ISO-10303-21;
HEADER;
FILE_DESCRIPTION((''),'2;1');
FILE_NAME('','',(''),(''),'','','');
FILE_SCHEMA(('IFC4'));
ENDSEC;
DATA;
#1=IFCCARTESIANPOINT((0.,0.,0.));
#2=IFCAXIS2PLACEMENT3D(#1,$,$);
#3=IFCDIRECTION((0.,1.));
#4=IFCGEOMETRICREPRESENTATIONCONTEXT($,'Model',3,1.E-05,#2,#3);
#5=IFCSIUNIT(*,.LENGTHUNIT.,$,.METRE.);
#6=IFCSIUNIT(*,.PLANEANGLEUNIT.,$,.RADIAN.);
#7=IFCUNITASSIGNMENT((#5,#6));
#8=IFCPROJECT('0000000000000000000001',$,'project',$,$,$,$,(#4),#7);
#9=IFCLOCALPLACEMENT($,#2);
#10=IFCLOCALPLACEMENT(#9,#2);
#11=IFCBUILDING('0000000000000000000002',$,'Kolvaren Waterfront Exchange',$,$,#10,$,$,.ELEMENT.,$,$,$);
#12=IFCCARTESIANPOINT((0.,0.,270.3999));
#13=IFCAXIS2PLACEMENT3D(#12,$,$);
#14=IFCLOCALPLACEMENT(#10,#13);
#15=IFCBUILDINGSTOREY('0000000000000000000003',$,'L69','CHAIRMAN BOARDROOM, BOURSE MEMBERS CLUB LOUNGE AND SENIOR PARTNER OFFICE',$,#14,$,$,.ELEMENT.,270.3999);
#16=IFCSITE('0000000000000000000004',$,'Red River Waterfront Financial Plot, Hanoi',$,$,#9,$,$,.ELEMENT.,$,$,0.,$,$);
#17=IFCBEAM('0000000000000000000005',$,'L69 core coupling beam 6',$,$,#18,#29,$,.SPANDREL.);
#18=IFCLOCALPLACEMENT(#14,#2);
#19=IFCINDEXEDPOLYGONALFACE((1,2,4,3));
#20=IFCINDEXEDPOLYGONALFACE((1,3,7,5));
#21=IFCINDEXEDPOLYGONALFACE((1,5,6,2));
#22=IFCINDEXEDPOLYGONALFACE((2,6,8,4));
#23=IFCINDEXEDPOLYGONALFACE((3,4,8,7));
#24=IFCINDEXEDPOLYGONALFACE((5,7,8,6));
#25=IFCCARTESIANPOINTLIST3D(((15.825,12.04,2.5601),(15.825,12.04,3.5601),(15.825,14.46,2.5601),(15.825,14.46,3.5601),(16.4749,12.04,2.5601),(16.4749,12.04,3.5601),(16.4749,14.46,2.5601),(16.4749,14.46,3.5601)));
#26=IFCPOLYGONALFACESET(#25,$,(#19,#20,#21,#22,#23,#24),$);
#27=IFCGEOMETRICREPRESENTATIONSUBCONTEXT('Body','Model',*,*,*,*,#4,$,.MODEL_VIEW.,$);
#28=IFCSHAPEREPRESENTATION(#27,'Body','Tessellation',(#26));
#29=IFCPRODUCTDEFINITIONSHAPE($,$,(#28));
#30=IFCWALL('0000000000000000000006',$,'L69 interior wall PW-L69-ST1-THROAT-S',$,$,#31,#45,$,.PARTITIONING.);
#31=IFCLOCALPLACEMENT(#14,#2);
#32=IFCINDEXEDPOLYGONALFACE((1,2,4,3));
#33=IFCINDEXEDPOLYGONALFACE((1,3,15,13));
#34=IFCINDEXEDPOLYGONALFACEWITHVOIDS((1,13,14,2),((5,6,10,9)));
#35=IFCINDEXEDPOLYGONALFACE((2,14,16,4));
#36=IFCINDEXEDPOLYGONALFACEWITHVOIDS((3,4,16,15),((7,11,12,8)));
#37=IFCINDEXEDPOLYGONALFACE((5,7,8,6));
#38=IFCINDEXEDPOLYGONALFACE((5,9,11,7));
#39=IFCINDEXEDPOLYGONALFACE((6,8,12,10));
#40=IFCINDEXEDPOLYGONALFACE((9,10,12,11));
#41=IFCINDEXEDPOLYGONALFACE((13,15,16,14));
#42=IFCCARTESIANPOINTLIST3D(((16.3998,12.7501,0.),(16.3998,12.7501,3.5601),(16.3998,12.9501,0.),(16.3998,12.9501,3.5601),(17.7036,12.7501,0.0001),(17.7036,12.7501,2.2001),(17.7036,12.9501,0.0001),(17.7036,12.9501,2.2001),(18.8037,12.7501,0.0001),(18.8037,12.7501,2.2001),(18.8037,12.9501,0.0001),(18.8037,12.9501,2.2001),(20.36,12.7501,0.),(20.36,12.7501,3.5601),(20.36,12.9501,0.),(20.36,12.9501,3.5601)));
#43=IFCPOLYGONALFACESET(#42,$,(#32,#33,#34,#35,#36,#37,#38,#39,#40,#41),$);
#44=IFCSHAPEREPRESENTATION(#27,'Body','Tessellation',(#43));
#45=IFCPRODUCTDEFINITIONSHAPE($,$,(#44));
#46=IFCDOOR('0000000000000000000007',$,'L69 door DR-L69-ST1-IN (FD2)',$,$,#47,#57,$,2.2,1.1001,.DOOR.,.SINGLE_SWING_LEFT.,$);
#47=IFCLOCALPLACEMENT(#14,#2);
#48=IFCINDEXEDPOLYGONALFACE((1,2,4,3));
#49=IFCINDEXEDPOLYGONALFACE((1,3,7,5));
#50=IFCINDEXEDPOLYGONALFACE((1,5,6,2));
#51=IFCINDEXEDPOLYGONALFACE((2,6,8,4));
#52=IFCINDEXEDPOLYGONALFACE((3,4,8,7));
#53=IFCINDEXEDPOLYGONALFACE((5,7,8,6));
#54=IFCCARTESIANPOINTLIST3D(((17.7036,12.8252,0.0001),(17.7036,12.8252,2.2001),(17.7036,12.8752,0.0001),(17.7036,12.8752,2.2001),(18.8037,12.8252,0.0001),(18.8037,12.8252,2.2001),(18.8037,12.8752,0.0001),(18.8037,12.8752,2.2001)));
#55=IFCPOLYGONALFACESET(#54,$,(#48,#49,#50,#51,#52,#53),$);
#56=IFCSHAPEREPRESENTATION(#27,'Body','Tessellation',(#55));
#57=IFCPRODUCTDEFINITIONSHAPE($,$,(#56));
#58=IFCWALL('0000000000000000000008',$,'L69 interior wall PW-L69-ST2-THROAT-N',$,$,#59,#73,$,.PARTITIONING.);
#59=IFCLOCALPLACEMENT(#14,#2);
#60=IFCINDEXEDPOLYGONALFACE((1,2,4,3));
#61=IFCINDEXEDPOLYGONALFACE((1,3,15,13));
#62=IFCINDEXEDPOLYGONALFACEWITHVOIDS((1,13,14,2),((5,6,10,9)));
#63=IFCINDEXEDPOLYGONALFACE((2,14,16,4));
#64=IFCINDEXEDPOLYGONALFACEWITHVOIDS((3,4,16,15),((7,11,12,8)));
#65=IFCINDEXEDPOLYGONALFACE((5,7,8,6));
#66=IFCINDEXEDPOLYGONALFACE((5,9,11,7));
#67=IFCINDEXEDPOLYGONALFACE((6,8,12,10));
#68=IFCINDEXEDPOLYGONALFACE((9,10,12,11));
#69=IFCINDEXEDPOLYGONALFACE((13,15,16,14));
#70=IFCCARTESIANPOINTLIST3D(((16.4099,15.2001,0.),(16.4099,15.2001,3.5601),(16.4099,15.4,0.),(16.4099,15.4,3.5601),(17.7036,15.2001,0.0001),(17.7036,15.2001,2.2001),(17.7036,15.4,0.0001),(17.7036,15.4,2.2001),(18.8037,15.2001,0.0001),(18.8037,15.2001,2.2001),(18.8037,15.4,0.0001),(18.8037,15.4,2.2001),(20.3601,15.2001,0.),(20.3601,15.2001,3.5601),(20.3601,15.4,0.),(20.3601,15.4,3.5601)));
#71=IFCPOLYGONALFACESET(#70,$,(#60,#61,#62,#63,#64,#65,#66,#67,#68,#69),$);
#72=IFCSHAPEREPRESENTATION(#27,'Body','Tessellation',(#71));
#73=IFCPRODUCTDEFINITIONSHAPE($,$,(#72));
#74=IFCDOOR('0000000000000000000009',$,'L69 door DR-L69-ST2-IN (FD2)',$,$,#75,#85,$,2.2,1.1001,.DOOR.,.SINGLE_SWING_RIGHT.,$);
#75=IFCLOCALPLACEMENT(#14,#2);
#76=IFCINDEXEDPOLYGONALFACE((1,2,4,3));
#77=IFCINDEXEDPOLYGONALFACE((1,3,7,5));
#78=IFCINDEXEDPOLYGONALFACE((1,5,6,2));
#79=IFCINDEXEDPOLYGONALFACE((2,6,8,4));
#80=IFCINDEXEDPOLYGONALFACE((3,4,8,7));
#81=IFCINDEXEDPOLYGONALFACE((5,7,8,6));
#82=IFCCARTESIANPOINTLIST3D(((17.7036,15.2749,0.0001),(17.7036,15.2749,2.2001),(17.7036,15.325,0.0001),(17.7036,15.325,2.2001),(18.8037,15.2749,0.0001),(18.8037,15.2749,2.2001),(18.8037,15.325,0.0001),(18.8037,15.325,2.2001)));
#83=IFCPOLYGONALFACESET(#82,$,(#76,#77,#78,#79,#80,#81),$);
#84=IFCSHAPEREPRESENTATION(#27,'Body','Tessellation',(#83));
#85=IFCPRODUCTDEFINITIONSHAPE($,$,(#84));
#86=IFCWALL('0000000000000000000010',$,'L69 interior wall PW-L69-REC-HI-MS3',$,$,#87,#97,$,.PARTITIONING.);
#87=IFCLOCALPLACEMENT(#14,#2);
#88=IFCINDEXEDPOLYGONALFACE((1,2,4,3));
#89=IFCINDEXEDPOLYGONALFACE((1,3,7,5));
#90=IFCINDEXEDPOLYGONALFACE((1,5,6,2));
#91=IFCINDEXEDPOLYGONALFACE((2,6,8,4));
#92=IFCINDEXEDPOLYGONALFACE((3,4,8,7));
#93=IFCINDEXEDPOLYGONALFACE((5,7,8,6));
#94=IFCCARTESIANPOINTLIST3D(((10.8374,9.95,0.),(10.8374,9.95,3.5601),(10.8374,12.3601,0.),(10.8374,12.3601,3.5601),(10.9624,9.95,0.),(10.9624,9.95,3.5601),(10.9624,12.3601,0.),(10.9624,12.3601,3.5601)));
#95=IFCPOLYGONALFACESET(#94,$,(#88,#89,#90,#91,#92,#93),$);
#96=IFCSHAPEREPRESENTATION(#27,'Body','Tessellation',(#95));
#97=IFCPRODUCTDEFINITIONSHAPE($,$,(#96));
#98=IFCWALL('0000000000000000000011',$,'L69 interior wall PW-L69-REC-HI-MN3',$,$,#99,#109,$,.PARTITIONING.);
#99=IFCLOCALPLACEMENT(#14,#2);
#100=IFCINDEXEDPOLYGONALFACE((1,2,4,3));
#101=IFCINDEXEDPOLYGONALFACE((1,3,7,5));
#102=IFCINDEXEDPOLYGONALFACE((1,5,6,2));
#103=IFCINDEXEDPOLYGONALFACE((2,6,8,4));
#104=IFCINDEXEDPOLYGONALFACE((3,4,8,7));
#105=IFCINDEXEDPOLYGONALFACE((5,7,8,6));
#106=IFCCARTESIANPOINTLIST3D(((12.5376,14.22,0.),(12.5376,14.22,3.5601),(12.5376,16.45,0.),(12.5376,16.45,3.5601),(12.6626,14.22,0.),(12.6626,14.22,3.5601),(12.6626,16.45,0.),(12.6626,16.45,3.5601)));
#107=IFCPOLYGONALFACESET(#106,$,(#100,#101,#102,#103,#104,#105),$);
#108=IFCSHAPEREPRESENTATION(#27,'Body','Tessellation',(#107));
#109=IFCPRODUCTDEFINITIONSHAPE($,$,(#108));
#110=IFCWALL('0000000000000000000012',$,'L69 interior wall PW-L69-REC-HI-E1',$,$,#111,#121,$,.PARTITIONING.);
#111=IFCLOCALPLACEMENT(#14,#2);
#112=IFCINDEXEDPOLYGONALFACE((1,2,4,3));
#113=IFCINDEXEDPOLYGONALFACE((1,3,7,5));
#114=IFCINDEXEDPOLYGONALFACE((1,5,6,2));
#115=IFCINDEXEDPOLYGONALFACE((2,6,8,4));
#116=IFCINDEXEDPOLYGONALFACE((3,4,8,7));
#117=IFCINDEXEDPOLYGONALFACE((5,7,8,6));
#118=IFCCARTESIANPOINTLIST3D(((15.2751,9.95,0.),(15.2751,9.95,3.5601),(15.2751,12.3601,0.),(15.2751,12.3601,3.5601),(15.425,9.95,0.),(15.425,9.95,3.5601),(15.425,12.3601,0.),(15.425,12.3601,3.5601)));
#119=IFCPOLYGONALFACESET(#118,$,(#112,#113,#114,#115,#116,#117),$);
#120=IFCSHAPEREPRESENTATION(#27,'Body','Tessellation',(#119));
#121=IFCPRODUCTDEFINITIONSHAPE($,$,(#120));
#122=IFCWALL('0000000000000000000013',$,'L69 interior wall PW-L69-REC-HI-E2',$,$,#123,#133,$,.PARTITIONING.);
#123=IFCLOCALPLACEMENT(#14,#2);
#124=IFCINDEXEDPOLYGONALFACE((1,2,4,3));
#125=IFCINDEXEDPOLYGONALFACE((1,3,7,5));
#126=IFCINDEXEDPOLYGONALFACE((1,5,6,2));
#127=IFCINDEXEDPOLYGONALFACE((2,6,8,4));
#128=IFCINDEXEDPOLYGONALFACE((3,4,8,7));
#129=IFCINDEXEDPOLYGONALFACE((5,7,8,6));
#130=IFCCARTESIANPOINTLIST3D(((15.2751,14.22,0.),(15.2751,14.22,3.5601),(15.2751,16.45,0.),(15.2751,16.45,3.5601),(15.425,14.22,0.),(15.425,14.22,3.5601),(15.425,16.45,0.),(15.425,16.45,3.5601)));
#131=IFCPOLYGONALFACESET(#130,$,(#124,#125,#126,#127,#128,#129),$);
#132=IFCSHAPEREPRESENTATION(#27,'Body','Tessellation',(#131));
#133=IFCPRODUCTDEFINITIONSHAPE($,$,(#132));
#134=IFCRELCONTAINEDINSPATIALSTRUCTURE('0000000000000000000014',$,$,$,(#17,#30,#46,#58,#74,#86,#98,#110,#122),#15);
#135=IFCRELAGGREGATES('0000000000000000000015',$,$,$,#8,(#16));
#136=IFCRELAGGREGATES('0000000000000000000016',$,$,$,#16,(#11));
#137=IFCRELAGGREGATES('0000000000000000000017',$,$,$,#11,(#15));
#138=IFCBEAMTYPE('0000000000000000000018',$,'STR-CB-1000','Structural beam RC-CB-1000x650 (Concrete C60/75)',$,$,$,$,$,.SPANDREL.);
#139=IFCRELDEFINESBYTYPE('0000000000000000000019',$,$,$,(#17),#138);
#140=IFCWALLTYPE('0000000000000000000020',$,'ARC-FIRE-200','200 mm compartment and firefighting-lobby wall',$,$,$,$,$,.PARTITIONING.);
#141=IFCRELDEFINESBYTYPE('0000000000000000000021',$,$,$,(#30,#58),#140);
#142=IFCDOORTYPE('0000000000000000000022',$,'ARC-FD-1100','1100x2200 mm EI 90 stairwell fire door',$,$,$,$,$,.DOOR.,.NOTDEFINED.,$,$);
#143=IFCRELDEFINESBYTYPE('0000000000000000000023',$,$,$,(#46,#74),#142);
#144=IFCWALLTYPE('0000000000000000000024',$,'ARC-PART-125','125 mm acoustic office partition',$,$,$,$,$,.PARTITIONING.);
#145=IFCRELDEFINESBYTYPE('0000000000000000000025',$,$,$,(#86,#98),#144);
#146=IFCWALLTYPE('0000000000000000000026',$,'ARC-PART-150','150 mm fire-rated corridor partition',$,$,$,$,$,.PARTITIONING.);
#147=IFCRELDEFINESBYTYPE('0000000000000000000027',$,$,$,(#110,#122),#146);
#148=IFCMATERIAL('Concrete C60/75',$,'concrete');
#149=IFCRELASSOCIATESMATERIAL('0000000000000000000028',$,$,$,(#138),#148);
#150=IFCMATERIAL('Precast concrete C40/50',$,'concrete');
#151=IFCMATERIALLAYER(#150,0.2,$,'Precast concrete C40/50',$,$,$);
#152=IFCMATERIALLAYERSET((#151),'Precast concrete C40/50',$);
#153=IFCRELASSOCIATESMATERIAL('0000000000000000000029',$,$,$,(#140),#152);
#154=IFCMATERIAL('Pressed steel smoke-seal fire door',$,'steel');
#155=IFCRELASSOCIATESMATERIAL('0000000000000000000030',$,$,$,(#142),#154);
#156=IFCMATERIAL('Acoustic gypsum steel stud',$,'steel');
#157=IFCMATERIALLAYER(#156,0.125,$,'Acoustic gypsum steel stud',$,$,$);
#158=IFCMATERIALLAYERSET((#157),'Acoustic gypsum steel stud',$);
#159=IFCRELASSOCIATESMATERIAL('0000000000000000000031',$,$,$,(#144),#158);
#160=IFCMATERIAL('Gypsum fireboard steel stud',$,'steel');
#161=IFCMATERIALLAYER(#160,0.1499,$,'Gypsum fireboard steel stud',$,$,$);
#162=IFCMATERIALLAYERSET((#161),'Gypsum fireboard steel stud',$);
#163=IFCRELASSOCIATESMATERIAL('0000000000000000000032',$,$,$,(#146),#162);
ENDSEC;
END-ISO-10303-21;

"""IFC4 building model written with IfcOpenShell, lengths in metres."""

from ifc_helpers import new_model, si_unit, direction, frame, frame_2d, origin, origin_2d, place, context, subcontext, project, spatial, rectangle, extrude, material, layer, layer_set, material_profile, profile_set, type_object, element, fill, save


model = new_model("IFC4")

# Units and contexts
model_context = context("Model", 3, precision=1e-05, world=origin(), true_north=direction((0.0, 1.0)))
body_context = subcontext(model_context, "Body", "Model", "MODEL_VIEW")
ifc_project = project(units=[si_unit("LENGTHUNIT", "METRE"), si_unit("PLANEANGLEUNIT", "RADIAN")], contexts=[model_context])

# Site, building, storey
site_placement = place(None, origin())
site = spatial("IfcSite", under=ifc_project, at=site_placement, Name="Red River Waterfront Financial Plot, Hanoi", CompositionType="ELEMENT", RefElevation=0.0)
building_placement = place(site_placement, origin())
building = spatial("IfcBuilding", under=site, at=building_placement, Name="Kolvaren Waterfront Exchange", CompositionType="ELEMENT")
storey_placement = place(building_placement, frame((0.0, 0.0, 270.3999)))
storey = spatial("IfcBuildingStorey", under=building, at=storey_placement, Name="L69", Description="CHAIRMAN BOARDROOM, BOURSE MEMBERS CLUB LOUNGE AND SENIOR PARTNER OFFICE", CompositionType="ELEMENT", Elevation=270.3999)

# Beam
ifc_material_1 = material(Name="Concrete C60/75", Category="concrete")
ifc_material_profile = material_profile(ifc_material_1, rectangle(XDim=0.6499, YDim=1.0, at=origin_2d()), Name="RC-CB-1000x650")
ifc_profile_set = profile_set([ifc_material_profile], Name="Concrete C60/75")
beam_type = type_object("IfcBeamType", Name="STR-CB-1000", Description="Structural beam RC-CB-1000x650 (Concrete C60/75)", PredefinedType="SPANDREL", material=ifc_profile_set)
beam_placement = place(storey_placement, frame((16.1499, 12.04, 3.0601), z_axis=(0.0, 1.0, 0.0), x_axis=(-1.0, 0.0, 0.0)))
element("IfcBeam", 1, at=beam_placement, inside=storey, type_object=beam_type, Name="L69 core coupling beam 6", PredefinedType="SPANDREL", context=body_context, shape_type="SweptSolid", body=[
    extrude(rectangle(XDim=0.6499, YDim=1.0, at=origin_2d()), origin(), (0.0, 0.0, 1.0), 2.4199),
])

# Walls, openings, doors
ifc_material_2 = material(Name="Precast concrete C40/50", Category="concrete")
ifc_layer_1 = layer(ifc_material_2, 0.2, Name="Precast concrete C40/50")
ifc_layer_set_1 = layer_set([ifc_layer_1], Name="Precast concrete C40/50")
wall_type_1 = type_object("IfcWallType", Name="ARC-FIRE-200", Description="200 mm compartment and firefighting-lobby wall", PredefinedType="PARTITIONING", material=ifc_layer_set_1)
wall_1_placement = place(storey_placement, frame((16.3999, 12.8501, 0.0), z_axis=(0.0, 0.0, 1.0), x_axis=(1.0, 0.0, 0.0)))
wall_1 = element("IfcWall", 2, at=wall_1_placement, inside=storey, type_object=wall_type_1, Name="L69 interior wall PW-L69-ST1-THROAT-S", PredefinedType="PARTITIONING", context=body_context, shape_type="SweptSolid", body=[
    extrude(rectangle(XDim=3.9602, YDim=0.2, at=frame_2d((1.98, 0.0))), origin(), (0.0, 0.0, 1.0), 3.5601),
])
opening_1_placement = place(wall_1_placement, frame((1.3037, 0.0, 0.0)))
opening_1 = element("IfcOpeningElement", 3, at=opening_1_placement, cuts=wall_1, PredefinedType="OPENING", context=body_context, shape_type="SweptSolid", body=[
    extrude(rectangle(XDim=1.1001, YDim=2.2, at=frame_2d((0.55, 1.1001))), frame((0.0, 0.1099, 0.0), z_axis=(0.0, -1.0, 0.0), x_axis=(1.0, 0.0, 0.0)), (0.0, 0.0, 1.0), 0.22),
])
ifc_material_3 = material(Name="Pressed steel smoke-seal fire door", Category="steel")
door_type_1 = type_object("IfcDoorType", Name="ARC-FD-1100", Description="1100x2200 mm EI 90 stairwell fire door", OperationType="NOTDEFINED", PredefinedType="DOOR", material=ifc_material_3)
door_1_placement = place(opening_1_placement, frame((1.1001, 0.0, 0.0), z_axis=(0.0, 0.0, 1.0), x_axis=(-1.0, 0.0, 0.0)))
door_1 = element("IfcDoor", 4, at=door_1_placement, inside=storey, type_object=door_type_1, Name="L69 door DR-L69-ST1-IN (FD2)", OperationType="SINGLE_SWING_LEFT", OverallHeight=2.2, OverallWidth=1.1001, PredefinedType="DOOR", context=body_context, shape_type="SweptSolid", body=[
    extrude(rectangle(XDim=1.1001, YDim=2.2, at=frame_2d((0.55, 1.1001))), frame((0.0, 0.0249, 0.0), z_axis=(0.0, -1.0, 0.0), x_axis=(1.0, 0.0, 0.0)), (0.0, 0.0, 1.0), 0.05),
])
fill(opening_1, door_1)
wall_2_placement = place(storey_placement, frame((16.4099, 15.3, 0.0), z_axis=(0.0, 0.0, 1.0), x_axis=(1.0, 0.0, 0.0)))
wall_2 = element("IfcWall", 5, at=wall_2_placement, inside=storey, type_object=wall_type_1, Name="L69 interior wall PW-L69-ST2-THROAT-N", PredefinedType="PARTITIONING", context=body_context, shape_type="SweptSolid", body=[
    extrude(rectangle(XDim=3.9502, YDim=0.2, at=frame_2d((1.9751, 0.0))), origin(), (0.0, 0.0, 1.0), 3.5601),
])
opening_2_placement = place(wall_2_placement, frame((1.2937, 0.0, 0.0)))
opening_2 = element("IfcOpeningElement", 6, at=opening_2_placement, cuts=wall_2, PredefinedType="OPENING", context=body_context, shape_type="SweptSolid", body=[
    extrude(rectangle(XDim=1.1001, YDim=2.2, at=frame_2d((0.55, 1.1001))), frame((0.0, 0.1099, 0.0), z_axis=(0.0, -1.0, 0.0), x_axis=(1.0, 0.0, 0.0)), (0.0, 0.0, 1.0), 0.22),
])
door_2_placement = place(opening_2_placement, origin())
door_2 = element("IfcDoor", 7, at=door_2_placement, inside=storey, type_object=door_type_1, Name="L69 door DR-L69-ST2-IN (FD2)", OperationType="SINGLE_SWING_RIGHT", OverallHeight=2.2, OverallWidth=1.1001, PredefinedType="DOOR", context=body_context, shape_type="SweptSolid", body=[
    extrude(rectangle(XDim=1.1001, YDim=2.2, at=frame_2d((0.55, 1.1001))), frame((0.0, 0.0249, 0.0), z_axis=(0.0, -1.0, 0.0), x_axis=(1.0, 0.0, 0.0)), (0.0, 0.0, 1.0), 0.05),
])
fill(opening_2, door_2)

# Walls
ifc_material_4 = material(Name="Acoustic gypsum steel stud", Category="steel")
ifc_layer_2 = layer(ifc_material_4, 0.125, Name="Acoustic gypsum steel stud")
ifc_layer_set_2 = layer_set([ifc_layer_2], Name="Acoustic gypsum steel stud")
wall_type_2 = type_object("IfcWallType", Name="ARC-PART-125", Description="125 mm acoustic office partition", PredefinedType="PARTITIONING", material=ifc_layer_set_2)
wall_3_placement = place(storey_placement, frame((10.8999, 9.95, 0.0), z_axis=(0.0, 0.0, 1.0), x_axis=(0.0, 1.0, 0.0)))
element("IfcWall", 8, at=wall_3_placement, inside=storey, type_object=wall_type_2, Name="L69 interior wall PW-L69-REC-HI-MS3", PredefinedType="PARTITIONING", context=body_context, shape_type="SweptSolid", body=[
    extrude(rectangle(XDim=2.4102, YDim=0.125, at=frame_2d((1.2051, 0.0))), origin(), (0.0, 0.0, 1.0), 3.5601),
])
wall_4_placement = place(storey_placement, frame((12.6001, 14.22, 0.0), z_axis=(0.0, 0.0, 1.0), x_axis=(0.0, 1.0, 0.0)))
element("IfcWall", 9, at=wall_4_placement, inside=storey, type_object=wall_type_2, Name="L69 interior wall PW-L69-REC-HI-MN3", PredefinedType="PARTITIONING", context=body_context, shape_type="SweptSolid", body=[
    extrude(rectangle(XDim=2.23, YDim=0.125, at=frame_2d((1.115, 0.0))), origin(), (0.0, 0.0, 1.0), 3.5601),
])
ifc_material_5 = material(Name="Gypsum fireboard steel stud", Category="steel")
ifc_layer_3 = layer(ifc_material_5, 0.1499, Name="Gypsum fireboard steel stud")
ifc_layer_set_3 = layer_set([ifc_layer_3], Name="Gypsum fireboard steel stud")
wall_type_3 = type_object("IfcWallType", Name="ARC-PART-150", Description="150 mm fire-rated corridor partition", PredefinedType="PARTITIONING", material=ifc_layer_set_3)
wall_5_placement = place(storey_placement, frame((15.3501, 9.95, 0.0), z_axis=(0.0, 0.0, 1.0), x_axis=(0.0, 1.0, 0.0)))
element("IfcWall", 10, at=wall_5_placement, inside=storey, type_object=wall_type_3, Name="L69 interior wall PW-L69-REC-HI-E1", PredefinedType="PARTITIONING", context=body_context, shape_type="SweptSolid", body=[
    extrude(rectangle(XDim=2.4102, YDim=0.1499, at=frame_2d((1.2051, 0.0))), origin(), (0.0, 0.0, 1.0), 3.5601),
])
wall_6_placement = place(storey_placement, frame((15.3501, 14.22, 0.0), z_axis=(0.0, 0.0, 1.0), x_axis=(0.0, 1.0, 0.0)))
element("IfcWall", 11, at=wall_6_placement, inside=storey, type_object=wall_type_3, Name="L69 interior wall PW-L69-REC-HI-E2", PredefinedType="PARTITIONING", context=body_context, shape_type="SweptSolid", body=[
    extrude(rectangle(XDim=2.23, YDim=0.1499, at=frame_2d((1.115, 0.0))), origin(), (0.0, 0.0, 1.0), 3.5601),
])

save(model, "model.ifc")
